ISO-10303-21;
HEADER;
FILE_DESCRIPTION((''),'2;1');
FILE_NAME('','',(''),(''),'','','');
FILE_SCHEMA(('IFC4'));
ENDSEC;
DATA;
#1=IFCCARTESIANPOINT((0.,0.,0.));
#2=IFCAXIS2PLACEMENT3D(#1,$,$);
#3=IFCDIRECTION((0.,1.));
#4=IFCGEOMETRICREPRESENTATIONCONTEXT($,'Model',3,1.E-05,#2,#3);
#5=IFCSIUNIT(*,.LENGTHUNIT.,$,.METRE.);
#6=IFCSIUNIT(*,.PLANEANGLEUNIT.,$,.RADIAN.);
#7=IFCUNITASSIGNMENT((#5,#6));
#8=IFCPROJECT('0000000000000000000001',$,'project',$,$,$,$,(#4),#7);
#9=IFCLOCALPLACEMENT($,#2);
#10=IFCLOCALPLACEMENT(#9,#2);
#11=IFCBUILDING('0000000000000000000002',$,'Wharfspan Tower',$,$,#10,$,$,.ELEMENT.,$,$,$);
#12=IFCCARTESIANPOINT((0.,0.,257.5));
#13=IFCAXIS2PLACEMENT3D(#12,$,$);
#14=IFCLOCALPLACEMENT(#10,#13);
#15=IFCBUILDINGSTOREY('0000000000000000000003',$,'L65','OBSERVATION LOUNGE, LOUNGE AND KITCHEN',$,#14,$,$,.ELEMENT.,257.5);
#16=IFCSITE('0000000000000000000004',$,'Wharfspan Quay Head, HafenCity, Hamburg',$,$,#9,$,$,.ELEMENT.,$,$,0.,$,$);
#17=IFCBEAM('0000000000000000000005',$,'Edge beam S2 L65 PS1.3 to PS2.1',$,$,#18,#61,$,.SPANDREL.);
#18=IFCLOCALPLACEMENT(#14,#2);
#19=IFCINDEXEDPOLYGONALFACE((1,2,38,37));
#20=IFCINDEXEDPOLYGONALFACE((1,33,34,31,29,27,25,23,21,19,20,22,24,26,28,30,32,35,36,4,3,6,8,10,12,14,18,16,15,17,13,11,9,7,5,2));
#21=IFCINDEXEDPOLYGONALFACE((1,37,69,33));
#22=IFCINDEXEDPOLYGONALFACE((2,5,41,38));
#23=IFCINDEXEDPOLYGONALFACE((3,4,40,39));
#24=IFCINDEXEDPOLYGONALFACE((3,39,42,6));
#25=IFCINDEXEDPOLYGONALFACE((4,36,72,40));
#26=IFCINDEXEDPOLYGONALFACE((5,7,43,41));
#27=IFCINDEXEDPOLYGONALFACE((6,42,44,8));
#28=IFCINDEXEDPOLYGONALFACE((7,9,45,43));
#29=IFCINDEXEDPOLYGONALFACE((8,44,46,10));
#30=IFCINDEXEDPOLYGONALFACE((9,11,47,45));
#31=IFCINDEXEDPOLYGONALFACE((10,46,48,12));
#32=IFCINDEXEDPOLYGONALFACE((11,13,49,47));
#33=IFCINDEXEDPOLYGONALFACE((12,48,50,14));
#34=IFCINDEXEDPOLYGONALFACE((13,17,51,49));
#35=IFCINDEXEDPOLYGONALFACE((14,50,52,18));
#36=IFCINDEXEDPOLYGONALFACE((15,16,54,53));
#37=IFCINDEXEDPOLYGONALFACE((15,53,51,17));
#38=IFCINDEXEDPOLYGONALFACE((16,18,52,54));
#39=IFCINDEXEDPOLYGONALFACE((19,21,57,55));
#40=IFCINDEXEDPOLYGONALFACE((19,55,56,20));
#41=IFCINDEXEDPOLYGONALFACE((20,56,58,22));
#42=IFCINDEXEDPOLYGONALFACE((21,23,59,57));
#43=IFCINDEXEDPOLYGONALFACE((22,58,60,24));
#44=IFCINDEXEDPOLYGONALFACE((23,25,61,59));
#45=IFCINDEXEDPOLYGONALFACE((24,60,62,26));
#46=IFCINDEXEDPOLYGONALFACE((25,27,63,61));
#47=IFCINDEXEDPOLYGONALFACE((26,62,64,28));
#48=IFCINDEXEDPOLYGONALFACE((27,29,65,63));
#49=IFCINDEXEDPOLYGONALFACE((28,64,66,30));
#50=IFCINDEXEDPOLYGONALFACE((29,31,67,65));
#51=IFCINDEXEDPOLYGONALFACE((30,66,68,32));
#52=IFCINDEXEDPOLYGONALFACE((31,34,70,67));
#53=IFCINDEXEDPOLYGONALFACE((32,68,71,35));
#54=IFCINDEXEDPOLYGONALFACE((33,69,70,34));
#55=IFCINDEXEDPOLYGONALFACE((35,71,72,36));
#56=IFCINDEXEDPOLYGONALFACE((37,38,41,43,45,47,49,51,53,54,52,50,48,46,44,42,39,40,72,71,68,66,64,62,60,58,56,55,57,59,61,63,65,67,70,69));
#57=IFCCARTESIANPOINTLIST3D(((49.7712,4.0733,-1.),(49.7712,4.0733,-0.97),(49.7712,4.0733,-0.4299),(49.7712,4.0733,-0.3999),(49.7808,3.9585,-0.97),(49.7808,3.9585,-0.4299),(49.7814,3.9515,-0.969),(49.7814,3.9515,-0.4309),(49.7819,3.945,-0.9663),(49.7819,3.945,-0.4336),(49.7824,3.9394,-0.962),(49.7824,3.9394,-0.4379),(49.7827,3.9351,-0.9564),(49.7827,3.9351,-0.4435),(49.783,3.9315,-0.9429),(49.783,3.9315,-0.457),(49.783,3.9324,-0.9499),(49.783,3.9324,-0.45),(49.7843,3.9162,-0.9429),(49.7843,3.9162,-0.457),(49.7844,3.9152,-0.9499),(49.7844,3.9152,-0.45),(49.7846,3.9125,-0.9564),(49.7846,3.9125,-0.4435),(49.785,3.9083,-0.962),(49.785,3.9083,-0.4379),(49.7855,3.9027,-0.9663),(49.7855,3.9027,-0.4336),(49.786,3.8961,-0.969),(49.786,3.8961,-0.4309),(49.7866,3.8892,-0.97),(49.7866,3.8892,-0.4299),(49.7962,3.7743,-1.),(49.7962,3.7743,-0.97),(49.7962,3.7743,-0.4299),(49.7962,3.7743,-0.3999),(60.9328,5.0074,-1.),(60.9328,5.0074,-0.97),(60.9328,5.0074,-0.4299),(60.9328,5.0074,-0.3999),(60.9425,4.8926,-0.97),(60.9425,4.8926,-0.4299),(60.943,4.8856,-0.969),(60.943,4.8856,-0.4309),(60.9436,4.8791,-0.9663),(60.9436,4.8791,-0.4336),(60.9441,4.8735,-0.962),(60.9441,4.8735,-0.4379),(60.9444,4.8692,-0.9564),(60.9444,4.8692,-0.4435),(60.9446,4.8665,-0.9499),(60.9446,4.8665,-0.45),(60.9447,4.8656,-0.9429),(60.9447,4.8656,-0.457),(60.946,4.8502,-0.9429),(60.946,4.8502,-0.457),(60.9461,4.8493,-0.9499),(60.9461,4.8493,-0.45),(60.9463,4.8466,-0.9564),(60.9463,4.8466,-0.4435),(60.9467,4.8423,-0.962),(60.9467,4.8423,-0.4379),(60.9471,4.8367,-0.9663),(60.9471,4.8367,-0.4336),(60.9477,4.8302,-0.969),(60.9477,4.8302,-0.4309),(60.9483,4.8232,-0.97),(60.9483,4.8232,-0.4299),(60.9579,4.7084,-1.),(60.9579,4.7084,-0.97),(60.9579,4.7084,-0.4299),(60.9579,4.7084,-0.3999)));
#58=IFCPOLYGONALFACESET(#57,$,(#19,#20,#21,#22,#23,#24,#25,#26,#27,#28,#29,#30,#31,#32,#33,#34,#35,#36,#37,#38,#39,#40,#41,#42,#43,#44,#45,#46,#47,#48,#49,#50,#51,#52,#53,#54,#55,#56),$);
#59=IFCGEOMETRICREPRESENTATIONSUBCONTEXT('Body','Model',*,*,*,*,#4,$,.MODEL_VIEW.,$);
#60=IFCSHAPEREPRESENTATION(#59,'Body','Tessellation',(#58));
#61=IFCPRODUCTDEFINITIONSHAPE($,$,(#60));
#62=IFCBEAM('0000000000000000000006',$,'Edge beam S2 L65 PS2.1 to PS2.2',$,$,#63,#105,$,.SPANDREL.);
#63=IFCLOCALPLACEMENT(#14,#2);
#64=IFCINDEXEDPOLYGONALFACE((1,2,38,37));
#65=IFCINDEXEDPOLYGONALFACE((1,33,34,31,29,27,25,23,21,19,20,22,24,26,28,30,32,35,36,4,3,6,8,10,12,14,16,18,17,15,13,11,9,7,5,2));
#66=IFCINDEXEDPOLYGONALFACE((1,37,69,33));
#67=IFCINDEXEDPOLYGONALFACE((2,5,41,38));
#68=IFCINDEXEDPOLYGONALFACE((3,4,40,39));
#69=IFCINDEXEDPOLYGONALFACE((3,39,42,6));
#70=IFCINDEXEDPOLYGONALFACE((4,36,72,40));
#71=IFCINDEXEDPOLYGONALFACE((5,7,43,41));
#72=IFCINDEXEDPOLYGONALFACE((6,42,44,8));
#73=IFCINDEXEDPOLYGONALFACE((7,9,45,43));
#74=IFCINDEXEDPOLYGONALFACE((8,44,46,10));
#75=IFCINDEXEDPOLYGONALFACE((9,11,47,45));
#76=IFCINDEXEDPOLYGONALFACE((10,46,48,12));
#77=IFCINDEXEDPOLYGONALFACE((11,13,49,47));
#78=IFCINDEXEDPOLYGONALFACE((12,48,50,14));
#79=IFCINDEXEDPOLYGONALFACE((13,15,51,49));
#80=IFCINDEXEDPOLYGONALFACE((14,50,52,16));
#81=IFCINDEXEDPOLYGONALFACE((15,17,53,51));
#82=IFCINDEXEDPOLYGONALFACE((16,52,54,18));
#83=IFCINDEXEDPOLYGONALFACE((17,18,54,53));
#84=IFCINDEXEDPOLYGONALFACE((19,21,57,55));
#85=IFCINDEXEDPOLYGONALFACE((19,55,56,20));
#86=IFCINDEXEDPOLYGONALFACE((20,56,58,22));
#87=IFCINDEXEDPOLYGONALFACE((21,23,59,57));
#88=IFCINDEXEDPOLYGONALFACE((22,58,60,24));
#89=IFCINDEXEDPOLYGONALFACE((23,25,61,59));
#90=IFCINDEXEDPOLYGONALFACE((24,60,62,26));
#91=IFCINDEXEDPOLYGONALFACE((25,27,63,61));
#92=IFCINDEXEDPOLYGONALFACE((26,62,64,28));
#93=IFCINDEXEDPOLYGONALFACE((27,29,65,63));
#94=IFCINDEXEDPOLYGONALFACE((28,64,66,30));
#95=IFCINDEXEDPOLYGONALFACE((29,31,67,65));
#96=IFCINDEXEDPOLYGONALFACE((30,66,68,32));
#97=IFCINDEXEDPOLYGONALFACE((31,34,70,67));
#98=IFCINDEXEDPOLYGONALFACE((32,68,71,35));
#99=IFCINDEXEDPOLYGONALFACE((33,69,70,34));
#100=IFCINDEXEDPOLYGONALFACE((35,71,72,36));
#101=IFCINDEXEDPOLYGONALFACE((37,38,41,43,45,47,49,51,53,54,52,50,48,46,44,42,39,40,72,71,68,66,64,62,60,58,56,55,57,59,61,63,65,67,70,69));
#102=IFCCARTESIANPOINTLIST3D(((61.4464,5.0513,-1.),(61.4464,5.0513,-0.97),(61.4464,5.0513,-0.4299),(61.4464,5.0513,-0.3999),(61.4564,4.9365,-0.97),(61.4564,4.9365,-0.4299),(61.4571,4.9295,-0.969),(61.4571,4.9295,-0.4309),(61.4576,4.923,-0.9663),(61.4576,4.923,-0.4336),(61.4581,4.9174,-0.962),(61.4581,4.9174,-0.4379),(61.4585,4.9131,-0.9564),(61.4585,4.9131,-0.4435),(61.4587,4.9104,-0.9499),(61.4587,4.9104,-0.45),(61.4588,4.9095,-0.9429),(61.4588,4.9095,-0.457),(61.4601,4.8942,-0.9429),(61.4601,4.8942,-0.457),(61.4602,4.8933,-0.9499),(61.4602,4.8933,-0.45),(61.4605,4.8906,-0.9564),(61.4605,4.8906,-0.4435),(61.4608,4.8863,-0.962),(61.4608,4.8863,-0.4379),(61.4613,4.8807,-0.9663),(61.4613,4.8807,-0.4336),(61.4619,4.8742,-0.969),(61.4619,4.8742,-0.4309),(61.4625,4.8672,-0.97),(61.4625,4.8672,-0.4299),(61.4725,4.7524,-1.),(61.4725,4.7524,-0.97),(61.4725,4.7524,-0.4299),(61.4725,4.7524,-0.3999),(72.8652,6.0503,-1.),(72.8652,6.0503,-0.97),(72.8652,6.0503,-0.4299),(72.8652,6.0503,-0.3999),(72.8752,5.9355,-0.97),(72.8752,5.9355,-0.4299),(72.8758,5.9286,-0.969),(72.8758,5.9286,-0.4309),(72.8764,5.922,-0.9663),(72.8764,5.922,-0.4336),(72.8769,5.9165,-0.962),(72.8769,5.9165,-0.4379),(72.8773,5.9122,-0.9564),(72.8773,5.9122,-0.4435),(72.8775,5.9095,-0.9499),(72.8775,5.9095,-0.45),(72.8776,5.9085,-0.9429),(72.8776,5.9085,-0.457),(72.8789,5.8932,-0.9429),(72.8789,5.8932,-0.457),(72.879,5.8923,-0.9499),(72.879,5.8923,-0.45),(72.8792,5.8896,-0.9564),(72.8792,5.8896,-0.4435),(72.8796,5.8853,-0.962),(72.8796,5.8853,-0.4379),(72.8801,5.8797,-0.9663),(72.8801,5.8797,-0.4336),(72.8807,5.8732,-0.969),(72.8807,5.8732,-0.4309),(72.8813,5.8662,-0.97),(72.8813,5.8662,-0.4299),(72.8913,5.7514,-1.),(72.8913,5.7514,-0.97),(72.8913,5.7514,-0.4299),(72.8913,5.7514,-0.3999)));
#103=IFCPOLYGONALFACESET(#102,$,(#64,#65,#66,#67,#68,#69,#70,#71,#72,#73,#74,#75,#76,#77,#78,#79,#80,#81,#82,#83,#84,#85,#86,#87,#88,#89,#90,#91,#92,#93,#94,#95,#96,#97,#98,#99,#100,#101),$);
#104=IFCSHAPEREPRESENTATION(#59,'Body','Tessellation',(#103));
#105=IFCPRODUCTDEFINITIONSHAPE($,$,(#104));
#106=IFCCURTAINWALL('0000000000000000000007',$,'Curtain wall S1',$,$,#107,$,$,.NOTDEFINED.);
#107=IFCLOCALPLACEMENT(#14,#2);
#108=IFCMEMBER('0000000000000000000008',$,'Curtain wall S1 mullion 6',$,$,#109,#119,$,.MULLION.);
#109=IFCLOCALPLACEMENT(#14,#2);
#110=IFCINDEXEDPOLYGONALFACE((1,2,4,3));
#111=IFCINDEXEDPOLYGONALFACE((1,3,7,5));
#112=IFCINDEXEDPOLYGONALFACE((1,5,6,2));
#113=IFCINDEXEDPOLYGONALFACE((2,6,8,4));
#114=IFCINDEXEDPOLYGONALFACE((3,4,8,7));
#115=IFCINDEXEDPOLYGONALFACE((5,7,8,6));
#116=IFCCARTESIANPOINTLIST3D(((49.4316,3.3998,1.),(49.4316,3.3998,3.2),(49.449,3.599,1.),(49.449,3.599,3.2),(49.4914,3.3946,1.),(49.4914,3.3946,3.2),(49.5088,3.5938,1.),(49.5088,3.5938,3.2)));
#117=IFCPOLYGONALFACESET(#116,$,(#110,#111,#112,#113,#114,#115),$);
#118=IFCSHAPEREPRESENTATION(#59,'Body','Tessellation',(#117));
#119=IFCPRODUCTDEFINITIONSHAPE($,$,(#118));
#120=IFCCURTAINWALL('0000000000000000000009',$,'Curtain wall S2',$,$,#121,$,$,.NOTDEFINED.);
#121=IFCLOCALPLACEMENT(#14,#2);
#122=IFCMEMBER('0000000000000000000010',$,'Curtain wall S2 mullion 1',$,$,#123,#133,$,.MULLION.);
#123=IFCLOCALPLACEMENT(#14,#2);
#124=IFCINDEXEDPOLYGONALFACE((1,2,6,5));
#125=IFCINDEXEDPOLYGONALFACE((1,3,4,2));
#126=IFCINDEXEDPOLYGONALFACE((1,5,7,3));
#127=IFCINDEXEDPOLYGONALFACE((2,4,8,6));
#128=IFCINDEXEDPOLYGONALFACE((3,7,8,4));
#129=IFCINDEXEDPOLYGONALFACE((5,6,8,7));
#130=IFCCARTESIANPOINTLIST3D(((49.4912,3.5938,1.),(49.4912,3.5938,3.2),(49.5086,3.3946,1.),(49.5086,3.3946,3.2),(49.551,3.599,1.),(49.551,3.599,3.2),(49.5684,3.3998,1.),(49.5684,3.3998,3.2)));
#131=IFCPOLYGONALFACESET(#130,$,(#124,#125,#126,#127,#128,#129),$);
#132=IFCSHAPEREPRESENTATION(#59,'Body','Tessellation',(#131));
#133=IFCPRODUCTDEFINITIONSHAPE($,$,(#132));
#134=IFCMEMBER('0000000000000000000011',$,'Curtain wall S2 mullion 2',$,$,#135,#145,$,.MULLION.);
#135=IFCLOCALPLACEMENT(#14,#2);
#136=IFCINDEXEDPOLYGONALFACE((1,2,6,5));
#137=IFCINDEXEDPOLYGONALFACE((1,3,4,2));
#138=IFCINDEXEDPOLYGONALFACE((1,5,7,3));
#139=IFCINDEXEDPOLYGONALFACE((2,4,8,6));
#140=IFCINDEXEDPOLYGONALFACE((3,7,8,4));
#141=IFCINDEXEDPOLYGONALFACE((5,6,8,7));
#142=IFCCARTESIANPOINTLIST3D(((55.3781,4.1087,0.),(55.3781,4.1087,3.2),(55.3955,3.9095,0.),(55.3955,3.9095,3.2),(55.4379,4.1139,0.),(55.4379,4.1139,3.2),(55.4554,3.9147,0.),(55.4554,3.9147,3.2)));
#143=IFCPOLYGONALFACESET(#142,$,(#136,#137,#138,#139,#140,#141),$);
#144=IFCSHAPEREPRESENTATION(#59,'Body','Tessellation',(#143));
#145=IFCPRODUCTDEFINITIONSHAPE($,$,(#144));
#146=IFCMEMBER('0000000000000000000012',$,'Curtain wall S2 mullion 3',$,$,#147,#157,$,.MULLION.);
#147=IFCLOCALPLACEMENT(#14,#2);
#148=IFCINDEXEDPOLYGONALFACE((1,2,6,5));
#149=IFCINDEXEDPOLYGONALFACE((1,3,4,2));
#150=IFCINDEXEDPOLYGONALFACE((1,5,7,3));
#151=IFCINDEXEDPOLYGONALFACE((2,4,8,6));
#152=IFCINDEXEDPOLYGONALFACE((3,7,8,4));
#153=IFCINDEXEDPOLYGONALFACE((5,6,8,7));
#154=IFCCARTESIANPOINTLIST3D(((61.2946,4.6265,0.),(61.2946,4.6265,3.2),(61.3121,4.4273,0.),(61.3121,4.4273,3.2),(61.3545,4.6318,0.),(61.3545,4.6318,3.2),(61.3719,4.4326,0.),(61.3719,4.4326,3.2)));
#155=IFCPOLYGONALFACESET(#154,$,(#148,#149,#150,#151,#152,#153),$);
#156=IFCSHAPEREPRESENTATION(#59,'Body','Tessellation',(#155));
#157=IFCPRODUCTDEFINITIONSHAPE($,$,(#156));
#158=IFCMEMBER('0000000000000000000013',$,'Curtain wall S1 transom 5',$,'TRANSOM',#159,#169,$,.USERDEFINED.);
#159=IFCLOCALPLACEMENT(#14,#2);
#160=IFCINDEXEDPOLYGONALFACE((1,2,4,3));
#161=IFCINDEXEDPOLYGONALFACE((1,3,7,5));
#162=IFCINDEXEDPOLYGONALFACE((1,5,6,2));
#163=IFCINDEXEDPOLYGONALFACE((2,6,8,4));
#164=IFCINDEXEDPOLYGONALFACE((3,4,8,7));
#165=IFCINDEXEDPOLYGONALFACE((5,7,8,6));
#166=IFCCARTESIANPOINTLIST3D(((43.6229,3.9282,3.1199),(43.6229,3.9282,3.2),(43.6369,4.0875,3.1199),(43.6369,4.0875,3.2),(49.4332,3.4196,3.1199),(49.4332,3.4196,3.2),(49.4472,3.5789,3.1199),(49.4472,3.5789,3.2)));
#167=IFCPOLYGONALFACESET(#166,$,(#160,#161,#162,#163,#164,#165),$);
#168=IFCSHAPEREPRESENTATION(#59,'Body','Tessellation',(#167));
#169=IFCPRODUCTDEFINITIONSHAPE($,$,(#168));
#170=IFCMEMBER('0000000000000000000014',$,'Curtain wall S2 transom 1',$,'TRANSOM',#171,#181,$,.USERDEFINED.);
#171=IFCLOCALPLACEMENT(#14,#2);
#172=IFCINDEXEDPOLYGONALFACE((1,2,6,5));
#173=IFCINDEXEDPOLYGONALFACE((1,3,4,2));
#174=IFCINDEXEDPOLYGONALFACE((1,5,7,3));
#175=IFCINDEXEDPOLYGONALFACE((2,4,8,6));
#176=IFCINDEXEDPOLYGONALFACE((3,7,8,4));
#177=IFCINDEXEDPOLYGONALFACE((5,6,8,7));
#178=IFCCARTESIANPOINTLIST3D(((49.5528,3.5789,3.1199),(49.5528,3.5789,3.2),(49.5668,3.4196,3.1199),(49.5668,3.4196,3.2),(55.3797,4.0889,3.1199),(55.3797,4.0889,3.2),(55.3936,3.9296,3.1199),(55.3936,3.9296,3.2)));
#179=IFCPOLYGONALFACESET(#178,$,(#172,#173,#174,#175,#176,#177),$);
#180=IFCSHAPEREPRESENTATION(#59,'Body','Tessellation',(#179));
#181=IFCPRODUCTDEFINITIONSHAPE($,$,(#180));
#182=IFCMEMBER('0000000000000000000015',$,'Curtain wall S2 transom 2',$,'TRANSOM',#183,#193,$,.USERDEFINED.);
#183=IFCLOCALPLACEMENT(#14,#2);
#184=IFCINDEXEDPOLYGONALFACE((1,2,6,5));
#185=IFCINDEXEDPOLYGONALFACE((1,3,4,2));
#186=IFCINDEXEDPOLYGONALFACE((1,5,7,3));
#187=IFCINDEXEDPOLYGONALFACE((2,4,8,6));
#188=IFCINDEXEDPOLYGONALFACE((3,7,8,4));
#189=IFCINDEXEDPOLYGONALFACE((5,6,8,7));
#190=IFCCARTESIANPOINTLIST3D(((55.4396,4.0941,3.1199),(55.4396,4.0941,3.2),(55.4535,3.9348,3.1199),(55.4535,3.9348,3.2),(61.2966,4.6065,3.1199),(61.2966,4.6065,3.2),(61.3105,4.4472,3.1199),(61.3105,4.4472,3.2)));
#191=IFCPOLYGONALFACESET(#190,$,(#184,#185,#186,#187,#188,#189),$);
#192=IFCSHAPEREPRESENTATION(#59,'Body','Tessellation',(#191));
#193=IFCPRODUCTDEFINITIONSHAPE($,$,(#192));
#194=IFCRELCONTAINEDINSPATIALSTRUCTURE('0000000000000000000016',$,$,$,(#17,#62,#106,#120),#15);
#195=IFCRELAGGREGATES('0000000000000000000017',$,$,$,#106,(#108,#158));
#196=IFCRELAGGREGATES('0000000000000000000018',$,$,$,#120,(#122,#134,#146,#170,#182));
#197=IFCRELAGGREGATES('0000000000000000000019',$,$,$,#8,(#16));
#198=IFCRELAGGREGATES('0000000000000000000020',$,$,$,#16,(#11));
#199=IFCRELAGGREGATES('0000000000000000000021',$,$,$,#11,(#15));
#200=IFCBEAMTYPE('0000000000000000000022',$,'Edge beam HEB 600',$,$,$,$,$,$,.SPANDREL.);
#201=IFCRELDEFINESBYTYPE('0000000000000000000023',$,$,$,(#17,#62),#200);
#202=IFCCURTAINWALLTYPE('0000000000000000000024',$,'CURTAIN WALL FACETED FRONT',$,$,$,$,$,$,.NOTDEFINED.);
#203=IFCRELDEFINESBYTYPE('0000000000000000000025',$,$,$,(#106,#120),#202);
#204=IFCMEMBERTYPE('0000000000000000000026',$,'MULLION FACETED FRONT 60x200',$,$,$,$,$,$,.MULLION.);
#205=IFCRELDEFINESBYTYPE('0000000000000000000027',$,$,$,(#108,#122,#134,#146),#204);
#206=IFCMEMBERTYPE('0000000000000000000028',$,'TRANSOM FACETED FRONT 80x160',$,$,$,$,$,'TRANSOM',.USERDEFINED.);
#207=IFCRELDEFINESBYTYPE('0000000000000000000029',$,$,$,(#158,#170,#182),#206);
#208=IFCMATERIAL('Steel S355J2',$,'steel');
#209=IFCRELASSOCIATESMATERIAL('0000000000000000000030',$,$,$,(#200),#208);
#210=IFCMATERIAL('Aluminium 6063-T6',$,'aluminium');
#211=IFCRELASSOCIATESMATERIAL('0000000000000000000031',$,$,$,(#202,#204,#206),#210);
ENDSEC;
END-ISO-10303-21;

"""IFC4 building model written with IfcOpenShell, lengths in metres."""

from ifc_helpers import new_model, si_unit, direction, frame, origin, origin_2d, place, context, subcontext, project, spatial, rectangle, i_section, extrude, material, material_profile, profile_set, type_object, element, aggregate, save


model = new_model("IFC4")

# Units and contexts
model_context = context("Model", 3, precision=1e-05, world=origin(), true_north=direction((0.0, 1.0)))
body_context = subcontext(model_context, "Body", "Model", "MODEL_VIEW")
ifc_project = project(units=[si_unit("LENGTHUNIT", "METRE"), si_unit("PLANEANGLEUNIT", "RADIAN")], contexts=[model_context])

# Site, building, storey
site_placement = place(None, origin())
site = spatial("IfcSite", under=ifc_project, at=site_placement, Name="Wharfspan Quay Head, HafenCity, Hamburg", CompositionType="ELEMENT", RefElevation=0.0)
building_placement = place(site_placement, origin())
building = spatial("IfcBuilding", under=site, at=building_placement, Name="Wharfspan Tower", CompositionType="ELEMENT")
storey_placement = place(building_placement, frame((0.0, 0.0, 257.5)))
storey = spatial("IfcBuildingStorey", under=building, at=storey_placement, Name="L65", Description="OBSERVATION LOUNGE, LOUNGE AND KITCHEN", CompositionType="ELEMENT", Elevation=257.5)

# Shared definitions
ifc_material_1 = material(Name="Steel S355J2", Category="steel")

# Beams
ifc_material_profile_1 = material_profile(ifc_material_1, i_section(OverallWidth=0.3, OverallDepth=0.6001, WebThickness=0.0154, FlangeThickness=0.03, FilletRadius=0.0271, at=origin_2d()))
ifc_profile_set_1 = profile_set([ifc_material_profile_1], Name="Steel S355J2")
beam_type = type_object("IfcBeamType", Name="Edge beam HEB 600", PredefinedType="SPANDREL", material=ifc_profile_set_1)
beam_1_placement = place(storey_placement, frame((49.7837, 3.9238, -0.7), z_axis=(0.996517, 0.083395, 0.0), x_axis=(-0.083395, 0.996517, 0.0)))
element("IfcBeam", 1, at=beam_1_placement, inside=storey, type_object=beam_type, Name="Edge beam S2 L65 PS1.3 to PS2.1", PredefinedType="SPANDREL", context=body_context, shape_type="SweptSolid", body=[
    extrude(i_section(OverallWidth=0.3, OverallDepth=0.6001, WebThickness=0.0154, FlangeThickness=0.03, FilletRadius=0.0271, at=origin_2d()), origin(), (0.0, 0.0, 1.0), 11.2007),
])
beam_2_placement = place(storey_placement, frame((61.4595, 4.9019, -0.7), z_axis=(0.996195, 0.087157, 0.0), x_axis=(-0.087157, 0.996195, 0.0)))
element("IfcBeam", 2, at=beam_2_placement, inside=storey, type_object=beam_type, Name="Edge beam S2 L65 PS2.1 to PS2.2", PredefinedType="SPANDREL", context=body_context, shape_type="SweptSolid", body=[
    extrude(i_section(OverallWidth=0.3, OverallDepth=0.6001, WebThickness=0.0154, FlangeThickness=0.03, FilletRadius=0.0271, at=origin_2d()), origin(), (0.0, 0.0, 1.0), 11.4624),
])

# Curtain wall, member
ifc_material_2 = material(Name="Aluminium 6063-T6", Category="aluminium")
curtain_wall_type = type_object("IfcCurtainWallType", Name="CURTAIN WALL FACETED FRONT", PredefinedType="NOTDEFINED", material=ifc_material_2)
curtain_wall_1_placement = place(storey_placement, origin())
curtain_wall_1 = element("IfcCurtainWall", 3, at=curtain_wall_1_placement, inside=storey, type_object=curtain_wall_type, Name="Curtain wall S1", PredefinedType="NOTDEFINED")
ifc_material_profile_2 = material_profile(ifc_material_2, rectangle(XDim=0.2, YDim=0.0601, at=origin_2d()))
ifc_profile_set_2 = profile_set([ifc_material_profile_2], Name="Aluminium 6063-T6")
member_type_1 = type_object("IfcMemberType", Name="MULLION FACETED FRONT 60x200", PredefinedType="MULLION", material=ifc_profile_set_2)
member_1_placement = place(storey_placement, frame((49.4702, 3.4968, 1.0), z_axis=(0.0, 0.0, 1.0), x_axis=(0.087156, 0.996197, 0.0)))
member_1 = element("IfcMember", 4, at=member_1_placement, type_object=member_type_1, Name="Curtain wall S1 mullion 6", PredefinedType="MULLION", context=body_context, shape_type="SweptSolid", body=[
    extrude(rectangle(XDim=0.2, YDim=0.0601, at=origin_2d()), origin(), (0.0, 0.0, 1.0), 2.2),
])

# Curtain wall, members
curtain_wall_2_placement = place(storey_placement, origin())
curtain_wall_2 = element("IfcCurtainWall", 5, at=curtain_wall_2_placement, inside=storey, type_object=curtain_wall_type, Name="Curtain wall S2", PredefinedType="NOTDEFINED")
member_2_placement = place(storey_placement, frame((49.5298, 3.4968, 1.0), z_axis=(0.0, 0.0, 1.0), x_axis=(-0.087156, 0.996197, 0.0)))
member_2 = element("IfcMember", 6, at=member_2_placement, type_object=member_type_1, Name="Curtain wall S2 mullion 1", PredefinedType="MULLION", context=body_context, shape_type="SweptSolid", body=[
    extrude(rectangle(XDim=0.2, YDim=0.0601, at=origin_2d()), origin(), (0.0, 0.0, 1.0), 2.2),
])
member_3_placement = place(storey_placement, frame((55.4167, 4.0117, 0.0), z_axis=(0.0, 0.0, 1.0), x_axis=(-0.087156, 0.996197, 0.0)))
member_3 = element("IfcMember", 7, at=member_3_placement, type_object=member_type_1, Name="Curtain wall S2 mullion 2", PredefinedType="MULLION", context=body_context, shape_type="SweptSolid", body=[
    extrude(rectangle(XDim=0.2, YDim=0.0601, at=origin_2d()), origin(), (0.0, 0.0, 1.0), 3.2),
])
member_4_placement = place(storey_placement, frame((61.3333, 4.5295, 0.0), z_axis=(0.0, 0.0, 1.0), x_axis=(-0.087156, 0.996197, 0.0)))
member_4 = element("IfcMember", 8, at=member_4_placement, type_object=member_type_1, Name="Curtain wall S2 mullion 3", PredefinedType="MULLION", context=body_context, shape_type="SweptSolid", body=[
    extrude(rectangle(XDim=0.2, YDim=0.0601, at=origin_2d()), origin(), (0.0, 0.0, 1.0), 3.2),
])

# Members
ifc_material_profile_3 = material_profile(ifc_material_2, rectangle(XDim=0.1599, YDim=0.0801, at=origin_2d()))
ifc_profile_set_3 = profile_set([ifc_material_profile_3], Name="Aluminium 6063-T6")
member_type_2 = type_object("IfcMemberType", Name="TRANSOM FACETED FRONT 80x160", ElementType="TRANSOM", PredefinedType="USERDEFINED", material=ifc_profile_set_3)
member_5_placement = place(storey_placement, frame((43.6299, 4.0078, 3.1599), z_axis=(0.996192, -0.087191, 0.0), x_axis=(0.087191, 0.996192, 0.0)))
member_5 = element("IfcMember", 9, at=member_5_placement, type_object=member_type_2, Name="Curtain wall S1 transom 5", ObjectType="TRANSOM", PredefinedType="USERDEFINED", context=body_context, shape_type="SweptSolid", body=[
    extrude(rectangle(XDim=0.1599, YDim=0.0801, at=origin_2d()), origin(), (0.0, 0.0, 1.0), 5.8325),
])
member_6_placement = place(storey_placement, frame((49.5598, 3.4993, 3.1599), z_axis=(0.996191, 0.087193, 0.0), x_axis=(-0.087193, 0.996191, 0.0)))
member_6 = element("IfcMember", 10, at=member_6_placement, type_object=member_type_2, Name="Curtain wall S2 transom 1", ObjectType="TRANSOM", PredefinedType="USERDEFINED", context=body_context, shape_type="SweptSolid", body=[
    extrude(rectangle(XDim=0.1599, YDim=0.0801, at=origin_2d()), origin(), (0.0, 0.0, 1.0), 5.8491),
])
member_7_placement = place(storey_placement, frame((55.4465, 4.0144, 3.1599), z_axis=(0.996194, 0.087162, 0.0), x_axis=(-0.087162, 0.996194, 0.0)))
member_7 = element("IfcMember", 11, at=member_7_placement, type_object=member_type_2, Name="Curtain wall S2 transom 2", ObjectType="TRANSOM", PredefinedType="USERDEFINED", context=body_context, shape_type="SweptSolid", body=[
    extrude(rectangle(XDim=0.1599, YDim=0.0801, at=origin_2d()), origin(), (0.0, 0.0, 1.0), 5.8794),
])

aggregate(curtain_wall_1, [member_1, member_5])
aggregate(curtain_wall_2, [member_2, member_3, member_4, member_6, member_7])

save(model, "model.ifc")
